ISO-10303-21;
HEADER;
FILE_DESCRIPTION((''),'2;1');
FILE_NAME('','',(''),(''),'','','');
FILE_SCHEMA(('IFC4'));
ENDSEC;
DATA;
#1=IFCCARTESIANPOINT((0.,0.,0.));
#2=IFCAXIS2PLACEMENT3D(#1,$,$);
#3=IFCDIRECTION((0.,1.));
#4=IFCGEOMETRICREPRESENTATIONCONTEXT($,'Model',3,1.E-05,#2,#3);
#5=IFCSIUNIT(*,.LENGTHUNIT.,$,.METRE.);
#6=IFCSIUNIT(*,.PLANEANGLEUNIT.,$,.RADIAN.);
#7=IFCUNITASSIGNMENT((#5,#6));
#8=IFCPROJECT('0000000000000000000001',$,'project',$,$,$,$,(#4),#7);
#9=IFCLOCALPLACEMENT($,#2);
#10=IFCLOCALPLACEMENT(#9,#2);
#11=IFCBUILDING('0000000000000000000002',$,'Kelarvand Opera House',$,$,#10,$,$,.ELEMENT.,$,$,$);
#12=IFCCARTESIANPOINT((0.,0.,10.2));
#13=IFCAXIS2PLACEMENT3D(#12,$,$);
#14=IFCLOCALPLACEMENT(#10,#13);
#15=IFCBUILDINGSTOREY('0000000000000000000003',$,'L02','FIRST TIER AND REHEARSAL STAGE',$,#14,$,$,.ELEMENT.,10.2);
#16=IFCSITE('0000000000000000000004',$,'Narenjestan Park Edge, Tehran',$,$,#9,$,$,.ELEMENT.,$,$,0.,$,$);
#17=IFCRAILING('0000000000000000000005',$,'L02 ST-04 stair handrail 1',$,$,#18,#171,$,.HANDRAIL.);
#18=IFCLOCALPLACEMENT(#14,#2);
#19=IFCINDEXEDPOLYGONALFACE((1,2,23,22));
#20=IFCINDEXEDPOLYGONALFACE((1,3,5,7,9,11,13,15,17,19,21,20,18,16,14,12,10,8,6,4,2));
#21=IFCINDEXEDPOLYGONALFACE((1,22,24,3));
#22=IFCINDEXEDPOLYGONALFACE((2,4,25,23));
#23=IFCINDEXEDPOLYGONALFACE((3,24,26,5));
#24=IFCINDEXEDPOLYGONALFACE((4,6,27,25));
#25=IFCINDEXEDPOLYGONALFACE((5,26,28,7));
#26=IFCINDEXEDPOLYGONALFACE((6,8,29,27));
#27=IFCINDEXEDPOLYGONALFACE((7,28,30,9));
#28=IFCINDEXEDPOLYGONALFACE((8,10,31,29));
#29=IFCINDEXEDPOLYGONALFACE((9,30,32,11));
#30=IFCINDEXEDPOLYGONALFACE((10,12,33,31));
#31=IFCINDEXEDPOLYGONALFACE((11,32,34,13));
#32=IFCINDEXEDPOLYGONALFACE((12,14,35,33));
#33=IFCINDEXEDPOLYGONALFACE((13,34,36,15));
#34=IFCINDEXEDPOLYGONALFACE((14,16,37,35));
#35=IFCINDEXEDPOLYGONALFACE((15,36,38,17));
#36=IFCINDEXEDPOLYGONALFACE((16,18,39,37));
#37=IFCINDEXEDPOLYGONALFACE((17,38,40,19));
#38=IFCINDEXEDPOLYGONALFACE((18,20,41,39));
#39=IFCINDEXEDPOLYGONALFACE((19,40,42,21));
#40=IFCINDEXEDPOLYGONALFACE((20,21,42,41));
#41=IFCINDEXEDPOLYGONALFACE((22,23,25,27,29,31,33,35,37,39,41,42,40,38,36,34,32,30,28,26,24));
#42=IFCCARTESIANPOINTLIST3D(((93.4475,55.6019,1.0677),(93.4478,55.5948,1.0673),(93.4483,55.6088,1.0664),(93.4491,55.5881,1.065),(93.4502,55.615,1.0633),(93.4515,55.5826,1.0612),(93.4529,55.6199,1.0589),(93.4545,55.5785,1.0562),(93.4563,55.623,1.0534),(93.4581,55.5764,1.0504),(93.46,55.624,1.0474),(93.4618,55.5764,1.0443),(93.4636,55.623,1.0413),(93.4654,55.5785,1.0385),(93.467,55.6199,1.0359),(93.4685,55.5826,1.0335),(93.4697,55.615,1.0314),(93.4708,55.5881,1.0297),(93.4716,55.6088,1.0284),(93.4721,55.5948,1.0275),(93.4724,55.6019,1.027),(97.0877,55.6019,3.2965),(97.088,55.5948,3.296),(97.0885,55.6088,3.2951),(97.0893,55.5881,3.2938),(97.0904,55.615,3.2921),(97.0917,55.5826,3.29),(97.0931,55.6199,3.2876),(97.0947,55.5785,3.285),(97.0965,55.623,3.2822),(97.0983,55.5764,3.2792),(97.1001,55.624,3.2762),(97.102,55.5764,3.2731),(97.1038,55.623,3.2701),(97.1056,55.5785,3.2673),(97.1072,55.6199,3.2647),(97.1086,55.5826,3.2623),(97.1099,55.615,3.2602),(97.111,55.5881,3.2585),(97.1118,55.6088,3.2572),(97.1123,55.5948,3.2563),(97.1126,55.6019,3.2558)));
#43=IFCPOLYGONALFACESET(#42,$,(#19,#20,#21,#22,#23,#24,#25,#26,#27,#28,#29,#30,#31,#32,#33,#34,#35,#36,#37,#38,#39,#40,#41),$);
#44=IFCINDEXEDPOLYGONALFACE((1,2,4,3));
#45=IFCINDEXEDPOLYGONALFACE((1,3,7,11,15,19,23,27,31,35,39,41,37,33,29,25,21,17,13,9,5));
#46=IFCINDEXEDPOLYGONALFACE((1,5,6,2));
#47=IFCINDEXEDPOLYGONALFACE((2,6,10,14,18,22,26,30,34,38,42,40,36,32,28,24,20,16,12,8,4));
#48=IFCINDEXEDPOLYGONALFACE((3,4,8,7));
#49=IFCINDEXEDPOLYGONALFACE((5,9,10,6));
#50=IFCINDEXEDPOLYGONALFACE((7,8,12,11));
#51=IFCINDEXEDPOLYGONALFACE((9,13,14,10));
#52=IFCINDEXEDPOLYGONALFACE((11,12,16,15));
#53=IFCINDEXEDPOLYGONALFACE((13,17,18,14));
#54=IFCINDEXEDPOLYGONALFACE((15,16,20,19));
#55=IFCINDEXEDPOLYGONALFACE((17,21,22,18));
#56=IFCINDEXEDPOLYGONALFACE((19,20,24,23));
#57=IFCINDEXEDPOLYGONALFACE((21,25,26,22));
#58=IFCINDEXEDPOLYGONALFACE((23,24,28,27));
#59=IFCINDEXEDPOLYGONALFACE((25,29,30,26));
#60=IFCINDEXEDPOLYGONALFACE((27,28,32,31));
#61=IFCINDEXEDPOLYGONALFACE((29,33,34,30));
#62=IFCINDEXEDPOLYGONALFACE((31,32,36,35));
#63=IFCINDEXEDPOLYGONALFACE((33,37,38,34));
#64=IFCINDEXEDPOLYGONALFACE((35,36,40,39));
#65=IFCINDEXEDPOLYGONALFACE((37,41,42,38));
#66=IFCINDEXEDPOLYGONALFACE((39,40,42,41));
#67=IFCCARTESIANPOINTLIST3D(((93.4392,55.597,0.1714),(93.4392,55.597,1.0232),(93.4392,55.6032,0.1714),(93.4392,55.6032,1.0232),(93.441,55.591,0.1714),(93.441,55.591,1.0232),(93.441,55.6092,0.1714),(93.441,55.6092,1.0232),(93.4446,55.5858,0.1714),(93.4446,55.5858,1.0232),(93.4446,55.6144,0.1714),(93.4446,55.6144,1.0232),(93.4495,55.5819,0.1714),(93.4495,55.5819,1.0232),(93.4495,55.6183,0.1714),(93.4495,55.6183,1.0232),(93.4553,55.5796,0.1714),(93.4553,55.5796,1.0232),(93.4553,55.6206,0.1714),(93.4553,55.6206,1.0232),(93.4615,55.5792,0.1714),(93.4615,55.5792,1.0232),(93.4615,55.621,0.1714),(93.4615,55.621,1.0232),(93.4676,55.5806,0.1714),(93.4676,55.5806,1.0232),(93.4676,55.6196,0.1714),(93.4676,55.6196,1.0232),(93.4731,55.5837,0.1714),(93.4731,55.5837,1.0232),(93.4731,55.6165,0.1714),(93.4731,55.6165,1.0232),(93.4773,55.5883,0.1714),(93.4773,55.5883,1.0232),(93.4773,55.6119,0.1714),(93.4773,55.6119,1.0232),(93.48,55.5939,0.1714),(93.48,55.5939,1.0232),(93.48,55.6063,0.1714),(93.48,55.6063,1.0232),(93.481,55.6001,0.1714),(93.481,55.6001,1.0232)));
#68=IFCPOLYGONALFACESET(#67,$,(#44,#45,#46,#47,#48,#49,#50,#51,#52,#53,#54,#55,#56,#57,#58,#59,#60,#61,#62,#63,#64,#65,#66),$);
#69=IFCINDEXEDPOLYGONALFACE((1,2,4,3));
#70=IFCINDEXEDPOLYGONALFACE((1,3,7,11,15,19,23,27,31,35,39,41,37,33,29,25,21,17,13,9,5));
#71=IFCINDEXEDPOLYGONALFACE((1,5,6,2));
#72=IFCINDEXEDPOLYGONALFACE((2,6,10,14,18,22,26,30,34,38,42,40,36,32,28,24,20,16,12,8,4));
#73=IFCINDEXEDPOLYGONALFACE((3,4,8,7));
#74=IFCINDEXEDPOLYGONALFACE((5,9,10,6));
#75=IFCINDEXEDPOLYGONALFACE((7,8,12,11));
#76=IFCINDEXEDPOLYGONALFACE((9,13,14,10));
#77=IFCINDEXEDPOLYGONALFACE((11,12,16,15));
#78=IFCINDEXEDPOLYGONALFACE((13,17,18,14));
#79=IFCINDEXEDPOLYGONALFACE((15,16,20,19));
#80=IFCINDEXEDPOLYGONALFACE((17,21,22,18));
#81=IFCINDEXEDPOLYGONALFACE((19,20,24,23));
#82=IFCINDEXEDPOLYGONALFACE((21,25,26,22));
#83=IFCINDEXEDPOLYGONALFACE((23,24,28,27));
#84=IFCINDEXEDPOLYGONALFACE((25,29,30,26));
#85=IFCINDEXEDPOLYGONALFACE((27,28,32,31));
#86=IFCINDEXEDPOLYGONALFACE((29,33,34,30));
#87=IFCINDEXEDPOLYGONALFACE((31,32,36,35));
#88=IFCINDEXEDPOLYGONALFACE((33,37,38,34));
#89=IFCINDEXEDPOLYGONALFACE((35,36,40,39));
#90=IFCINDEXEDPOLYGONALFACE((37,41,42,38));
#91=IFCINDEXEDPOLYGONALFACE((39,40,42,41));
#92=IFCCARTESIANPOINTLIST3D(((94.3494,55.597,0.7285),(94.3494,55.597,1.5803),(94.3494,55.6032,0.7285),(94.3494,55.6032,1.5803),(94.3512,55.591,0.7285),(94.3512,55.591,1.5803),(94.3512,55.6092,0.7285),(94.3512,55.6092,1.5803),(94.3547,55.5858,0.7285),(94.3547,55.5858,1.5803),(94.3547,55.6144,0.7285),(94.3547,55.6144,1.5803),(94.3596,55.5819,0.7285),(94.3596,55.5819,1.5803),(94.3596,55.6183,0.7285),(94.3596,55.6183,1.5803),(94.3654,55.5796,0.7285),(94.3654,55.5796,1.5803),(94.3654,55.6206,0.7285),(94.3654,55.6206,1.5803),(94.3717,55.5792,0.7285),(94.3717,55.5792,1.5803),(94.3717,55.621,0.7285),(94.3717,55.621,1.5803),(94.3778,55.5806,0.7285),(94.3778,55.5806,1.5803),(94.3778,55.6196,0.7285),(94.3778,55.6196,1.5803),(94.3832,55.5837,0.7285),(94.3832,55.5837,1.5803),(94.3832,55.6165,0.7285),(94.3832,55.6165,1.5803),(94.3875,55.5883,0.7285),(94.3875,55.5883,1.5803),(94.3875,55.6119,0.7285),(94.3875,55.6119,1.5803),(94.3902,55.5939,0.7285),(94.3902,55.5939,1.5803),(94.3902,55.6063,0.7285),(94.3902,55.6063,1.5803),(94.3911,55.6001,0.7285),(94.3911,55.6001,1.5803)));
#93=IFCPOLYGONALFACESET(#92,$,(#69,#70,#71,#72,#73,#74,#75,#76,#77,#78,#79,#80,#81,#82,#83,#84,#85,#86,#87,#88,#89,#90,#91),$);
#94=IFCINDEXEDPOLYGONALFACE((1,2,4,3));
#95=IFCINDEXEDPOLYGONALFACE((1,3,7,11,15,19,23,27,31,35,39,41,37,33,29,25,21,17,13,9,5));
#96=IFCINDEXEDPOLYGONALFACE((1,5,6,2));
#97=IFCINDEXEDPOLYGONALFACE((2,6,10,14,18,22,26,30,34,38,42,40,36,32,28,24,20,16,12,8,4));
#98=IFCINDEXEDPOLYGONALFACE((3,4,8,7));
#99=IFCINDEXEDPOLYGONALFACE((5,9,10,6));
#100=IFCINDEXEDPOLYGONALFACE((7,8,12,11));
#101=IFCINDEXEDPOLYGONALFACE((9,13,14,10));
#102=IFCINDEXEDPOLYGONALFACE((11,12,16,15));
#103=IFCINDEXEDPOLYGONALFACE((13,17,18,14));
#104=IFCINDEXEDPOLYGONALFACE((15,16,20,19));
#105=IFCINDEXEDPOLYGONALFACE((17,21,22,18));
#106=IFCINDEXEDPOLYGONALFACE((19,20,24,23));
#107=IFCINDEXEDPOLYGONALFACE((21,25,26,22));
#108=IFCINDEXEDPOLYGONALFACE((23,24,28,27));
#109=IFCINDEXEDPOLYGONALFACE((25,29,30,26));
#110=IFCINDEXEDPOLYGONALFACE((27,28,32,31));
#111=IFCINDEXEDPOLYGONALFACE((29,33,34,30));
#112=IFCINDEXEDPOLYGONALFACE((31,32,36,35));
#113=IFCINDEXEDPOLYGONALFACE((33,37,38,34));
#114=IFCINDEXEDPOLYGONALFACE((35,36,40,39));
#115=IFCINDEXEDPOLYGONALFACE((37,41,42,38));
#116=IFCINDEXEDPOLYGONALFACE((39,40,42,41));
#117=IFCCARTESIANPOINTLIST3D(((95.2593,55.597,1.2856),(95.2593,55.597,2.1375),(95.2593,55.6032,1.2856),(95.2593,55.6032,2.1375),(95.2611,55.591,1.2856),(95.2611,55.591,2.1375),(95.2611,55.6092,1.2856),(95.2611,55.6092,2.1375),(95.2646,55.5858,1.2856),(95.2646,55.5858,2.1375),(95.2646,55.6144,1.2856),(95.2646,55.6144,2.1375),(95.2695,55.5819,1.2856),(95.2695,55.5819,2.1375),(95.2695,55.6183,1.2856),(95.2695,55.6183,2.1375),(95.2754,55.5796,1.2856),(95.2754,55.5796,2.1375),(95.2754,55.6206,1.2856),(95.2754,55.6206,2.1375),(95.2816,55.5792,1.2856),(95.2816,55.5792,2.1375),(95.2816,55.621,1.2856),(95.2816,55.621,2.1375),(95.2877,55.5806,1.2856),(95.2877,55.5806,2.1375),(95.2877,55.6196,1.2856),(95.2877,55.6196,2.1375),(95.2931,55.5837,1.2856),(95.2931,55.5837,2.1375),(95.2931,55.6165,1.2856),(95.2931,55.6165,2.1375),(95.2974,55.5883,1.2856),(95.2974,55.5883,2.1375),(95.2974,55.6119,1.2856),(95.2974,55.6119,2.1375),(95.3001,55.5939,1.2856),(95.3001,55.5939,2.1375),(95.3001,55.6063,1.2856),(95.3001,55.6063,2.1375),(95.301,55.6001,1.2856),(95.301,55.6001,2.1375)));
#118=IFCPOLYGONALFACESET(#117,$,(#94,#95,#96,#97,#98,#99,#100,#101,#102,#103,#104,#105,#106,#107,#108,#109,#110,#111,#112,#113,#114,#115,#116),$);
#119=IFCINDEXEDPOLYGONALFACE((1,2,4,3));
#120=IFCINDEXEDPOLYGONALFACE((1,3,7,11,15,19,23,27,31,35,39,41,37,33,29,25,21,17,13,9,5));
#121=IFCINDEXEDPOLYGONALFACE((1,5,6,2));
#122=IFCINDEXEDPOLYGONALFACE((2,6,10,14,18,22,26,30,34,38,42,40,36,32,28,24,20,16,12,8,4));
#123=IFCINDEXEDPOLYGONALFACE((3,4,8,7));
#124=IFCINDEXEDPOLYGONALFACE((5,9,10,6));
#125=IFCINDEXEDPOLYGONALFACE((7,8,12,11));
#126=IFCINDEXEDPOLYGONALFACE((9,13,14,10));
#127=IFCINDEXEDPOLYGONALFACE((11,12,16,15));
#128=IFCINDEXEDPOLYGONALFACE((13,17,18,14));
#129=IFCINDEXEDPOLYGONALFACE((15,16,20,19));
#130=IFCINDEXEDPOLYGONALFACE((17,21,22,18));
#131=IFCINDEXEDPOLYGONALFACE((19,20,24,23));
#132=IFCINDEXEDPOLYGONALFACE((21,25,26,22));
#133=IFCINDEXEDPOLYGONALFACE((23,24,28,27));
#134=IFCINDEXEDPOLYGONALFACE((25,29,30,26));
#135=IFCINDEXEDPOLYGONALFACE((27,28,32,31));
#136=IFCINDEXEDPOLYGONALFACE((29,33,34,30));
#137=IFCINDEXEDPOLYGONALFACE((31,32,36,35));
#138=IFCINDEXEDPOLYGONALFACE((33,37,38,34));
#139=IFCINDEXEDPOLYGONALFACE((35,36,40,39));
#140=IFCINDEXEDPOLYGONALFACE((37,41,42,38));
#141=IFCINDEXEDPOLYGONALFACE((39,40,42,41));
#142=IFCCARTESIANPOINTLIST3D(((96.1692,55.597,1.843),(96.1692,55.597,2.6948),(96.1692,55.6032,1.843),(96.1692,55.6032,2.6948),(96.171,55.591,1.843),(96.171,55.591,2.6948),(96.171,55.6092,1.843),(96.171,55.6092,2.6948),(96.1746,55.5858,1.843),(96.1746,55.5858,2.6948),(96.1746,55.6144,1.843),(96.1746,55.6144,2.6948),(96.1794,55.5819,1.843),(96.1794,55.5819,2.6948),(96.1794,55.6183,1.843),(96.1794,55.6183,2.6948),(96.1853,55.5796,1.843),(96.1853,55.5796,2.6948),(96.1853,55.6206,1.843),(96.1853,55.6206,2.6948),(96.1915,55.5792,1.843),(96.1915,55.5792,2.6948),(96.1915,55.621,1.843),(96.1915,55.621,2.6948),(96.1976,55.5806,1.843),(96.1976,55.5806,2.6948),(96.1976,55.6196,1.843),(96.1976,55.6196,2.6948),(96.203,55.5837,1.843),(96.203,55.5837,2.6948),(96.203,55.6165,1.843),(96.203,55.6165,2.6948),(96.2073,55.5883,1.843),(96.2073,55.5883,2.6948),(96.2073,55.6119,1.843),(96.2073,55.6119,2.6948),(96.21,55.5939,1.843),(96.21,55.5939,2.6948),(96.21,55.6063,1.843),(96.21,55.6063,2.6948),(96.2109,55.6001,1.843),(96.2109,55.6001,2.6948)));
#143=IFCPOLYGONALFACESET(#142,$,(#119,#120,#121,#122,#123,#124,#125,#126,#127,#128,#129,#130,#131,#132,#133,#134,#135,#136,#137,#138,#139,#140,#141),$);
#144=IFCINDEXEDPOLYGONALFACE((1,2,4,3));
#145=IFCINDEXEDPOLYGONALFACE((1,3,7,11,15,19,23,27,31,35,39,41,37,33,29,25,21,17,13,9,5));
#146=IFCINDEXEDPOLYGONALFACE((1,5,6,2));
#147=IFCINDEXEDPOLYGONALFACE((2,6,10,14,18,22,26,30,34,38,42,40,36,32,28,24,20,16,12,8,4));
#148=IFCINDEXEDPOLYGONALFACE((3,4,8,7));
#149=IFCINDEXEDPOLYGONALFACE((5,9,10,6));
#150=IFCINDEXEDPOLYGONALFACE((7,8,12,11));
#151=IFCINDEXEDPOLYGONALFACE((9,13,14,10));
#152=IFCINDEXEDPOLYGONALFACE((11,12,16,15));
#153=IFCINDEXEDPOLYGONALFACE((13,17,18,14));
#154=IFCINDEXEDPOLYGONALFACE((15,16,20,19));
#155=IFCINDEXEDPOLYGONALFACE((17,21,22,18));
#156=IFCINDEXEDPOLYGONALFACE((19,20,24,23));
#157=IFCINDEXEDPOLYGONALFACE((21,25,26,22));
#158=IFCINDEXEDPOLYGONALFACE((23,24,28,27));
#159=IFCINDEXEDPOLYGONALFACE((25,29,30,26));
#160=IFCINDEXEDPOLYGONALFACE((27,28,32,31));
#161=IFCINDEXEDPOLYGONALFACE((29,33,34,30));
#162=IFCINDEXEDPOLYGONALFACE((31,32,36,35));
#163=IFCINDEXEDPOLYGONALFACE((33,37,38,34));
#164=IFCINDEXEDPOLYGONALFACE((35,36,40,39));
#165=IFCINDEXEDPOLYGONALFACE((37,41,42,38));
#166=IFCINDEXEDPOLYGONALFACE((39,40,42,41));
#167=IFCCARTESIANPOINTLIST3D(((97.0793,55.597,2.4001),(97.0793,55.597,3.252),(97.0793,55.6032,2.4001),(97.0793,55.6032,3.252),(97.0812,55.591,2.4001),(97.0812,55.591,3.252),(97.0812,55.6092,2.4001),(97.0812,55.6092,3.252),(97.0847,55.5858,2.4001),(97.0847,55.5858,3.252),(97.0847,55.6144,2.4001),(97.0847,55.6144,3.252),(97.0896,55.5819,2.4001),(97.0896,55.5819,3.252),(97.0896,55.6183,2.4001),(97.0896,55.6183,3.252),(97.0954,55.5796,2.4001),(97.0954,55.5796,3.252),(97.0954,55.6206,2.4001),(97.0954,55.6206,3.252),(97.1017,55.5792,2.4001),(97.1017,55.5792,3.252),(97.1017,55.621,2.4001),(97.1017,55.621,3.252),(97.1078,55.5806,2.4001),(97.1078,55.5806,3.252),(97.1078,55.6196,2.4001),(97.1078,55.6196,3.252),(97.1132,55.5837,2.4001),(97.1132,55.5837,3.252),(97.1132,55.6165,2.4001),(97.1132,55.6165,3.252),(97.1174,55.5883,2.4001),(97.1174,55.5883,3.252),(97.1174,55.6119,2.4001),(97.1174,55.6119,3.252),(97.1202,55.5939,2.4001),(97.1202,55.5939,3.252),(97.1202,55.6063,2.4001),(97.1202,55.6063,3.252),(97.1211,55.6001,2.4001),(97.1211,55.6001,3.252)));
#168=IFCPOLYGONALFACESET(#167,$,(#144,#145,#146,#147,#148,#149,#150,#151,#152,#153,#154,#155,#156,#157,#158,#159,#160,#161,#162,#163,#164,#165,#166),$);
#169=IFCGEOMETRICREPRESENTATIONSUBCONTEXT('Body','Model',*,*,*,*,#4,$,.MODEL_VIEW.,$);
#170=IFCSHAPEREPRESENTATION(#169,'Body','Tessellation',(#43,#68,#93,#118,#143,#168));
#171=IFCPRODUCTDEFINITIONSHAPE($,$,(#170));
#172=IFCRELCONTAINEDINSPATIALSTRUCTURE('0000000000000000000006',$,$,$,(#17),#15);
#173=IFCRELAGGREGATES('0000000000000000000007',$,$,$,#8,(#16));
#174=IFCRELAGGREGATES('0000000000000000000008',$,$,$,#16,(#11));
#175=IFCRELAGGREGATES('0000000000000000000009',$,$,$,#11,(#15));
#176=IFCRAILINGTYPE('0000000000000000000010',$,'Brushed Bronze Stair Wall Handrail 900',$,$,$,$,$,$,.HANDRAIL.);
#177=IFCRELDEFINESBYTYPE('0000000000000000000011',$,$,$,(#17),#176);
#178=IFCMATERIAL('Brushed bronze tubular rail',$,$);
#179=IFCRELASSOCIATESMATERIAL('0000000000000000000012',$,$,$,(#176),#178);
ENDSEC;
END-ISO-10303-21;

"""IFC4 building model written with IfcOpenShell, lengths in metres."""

from ifc_helpers import new_model, si_unit, direction, frame, origin, origin_2d, place, context, subcontext, project, spatial, circle, extrude, material, type_object, element, save


model = new_model("IFC4")

# Units and contexts
model_context = context("Model", 3, precision=1e-05, world=origin(), true_north=direction((0.0, 1.0)))
body_context = subcontext(model_context, "Body", "Model", "MODEL_VIEW")
ifc_project = project(units=[si_unit("LENGTHUNIT", "METRE"), si_unit("PLANEANGLEUNIT", "RADIAN")], contexts=[model_context])

# Site, building, storey
site_placement = place(None, origin())
site = spatial("IfcSite", under=ifc_project, at=site_placement, Name="Narenjestan Park Edge, Tehran", CompositionType="ELEMENT", RefElevation=0.0)
building_placement = place(site_placement, origin())
building = spatial("IfcBuilding", under=site, at=building_placement, Name="Kelarvand Opera House", CompositionType="ELEMENT")
storey_placement = place(building_placement, frame((0.0, 0.0, 10.2)))
storey = spatial("IfcBuildingStorey", under=building, at=storey_placement, Name="L02", Description="FIRST TIER AND REHEARSAL STAGE", CompositionType="ELEMENT", Elevation=10.2)

# Railing
ifc_material_1 = material(Name="Brushed bronze tubular rail")
railing_type_1 = type_object("IfcRailingType", Name="Brushed Bronze Stair Wall Handrail 900", PredefinedType="HANDRAIL", material=ifc_material_1)
for number, where, name in (
    (1, (93.46, 55.6001, 0.1714), "L02 ST-04 stair handrail 1"),
):
    element("IfcRailing", number, at=place(storey_placement, frame(where)), inside=storey, type_object=railing_type_1, Name=name, PredefinedType="HANDRAIL", context=body_context, shape_type="SweptSolid", body=[
        extrude(circle(Radius=0.0239, at=origin_2d()), frame((0.0, 0.0, 0.876), z_axis=(0.85284, 0.0, 0.522172), x_axis=(0.0, 1.0, 0.0)), (0.0, 0.0, 1.0), 4.2683),
        extrude(circle(Radius=0.021, at=origin_2d()), origin(), (0.0, 0.0, 1.0), 0.8518),
        extrude(circle(Radius=0.021, at=origin_2d()), frame((0.9102, 0.0, 0.5571)), (0.0, 0.0, 1.0), 0.8518),
        extrude(circle(Radius=0.021, at=origin_2d()), frame((1.8201, 0.0, 1.1143)), (0.0, 0.0, 1.0), 0.8518),
        extrude(circle(Radius=0.021, at=origin_2d()), frame((2.73, 0.0, 1.6716)), (0.0, 0.0, 1.0), 0.8518),
        extrude(circle(Radius=0.021, at=origin_2d()), frame((3.6401, 0.0, 2.2288)), (0.0, 0.0, 1.0), 0.8518),
    ])

save(model, "model.ifc")
